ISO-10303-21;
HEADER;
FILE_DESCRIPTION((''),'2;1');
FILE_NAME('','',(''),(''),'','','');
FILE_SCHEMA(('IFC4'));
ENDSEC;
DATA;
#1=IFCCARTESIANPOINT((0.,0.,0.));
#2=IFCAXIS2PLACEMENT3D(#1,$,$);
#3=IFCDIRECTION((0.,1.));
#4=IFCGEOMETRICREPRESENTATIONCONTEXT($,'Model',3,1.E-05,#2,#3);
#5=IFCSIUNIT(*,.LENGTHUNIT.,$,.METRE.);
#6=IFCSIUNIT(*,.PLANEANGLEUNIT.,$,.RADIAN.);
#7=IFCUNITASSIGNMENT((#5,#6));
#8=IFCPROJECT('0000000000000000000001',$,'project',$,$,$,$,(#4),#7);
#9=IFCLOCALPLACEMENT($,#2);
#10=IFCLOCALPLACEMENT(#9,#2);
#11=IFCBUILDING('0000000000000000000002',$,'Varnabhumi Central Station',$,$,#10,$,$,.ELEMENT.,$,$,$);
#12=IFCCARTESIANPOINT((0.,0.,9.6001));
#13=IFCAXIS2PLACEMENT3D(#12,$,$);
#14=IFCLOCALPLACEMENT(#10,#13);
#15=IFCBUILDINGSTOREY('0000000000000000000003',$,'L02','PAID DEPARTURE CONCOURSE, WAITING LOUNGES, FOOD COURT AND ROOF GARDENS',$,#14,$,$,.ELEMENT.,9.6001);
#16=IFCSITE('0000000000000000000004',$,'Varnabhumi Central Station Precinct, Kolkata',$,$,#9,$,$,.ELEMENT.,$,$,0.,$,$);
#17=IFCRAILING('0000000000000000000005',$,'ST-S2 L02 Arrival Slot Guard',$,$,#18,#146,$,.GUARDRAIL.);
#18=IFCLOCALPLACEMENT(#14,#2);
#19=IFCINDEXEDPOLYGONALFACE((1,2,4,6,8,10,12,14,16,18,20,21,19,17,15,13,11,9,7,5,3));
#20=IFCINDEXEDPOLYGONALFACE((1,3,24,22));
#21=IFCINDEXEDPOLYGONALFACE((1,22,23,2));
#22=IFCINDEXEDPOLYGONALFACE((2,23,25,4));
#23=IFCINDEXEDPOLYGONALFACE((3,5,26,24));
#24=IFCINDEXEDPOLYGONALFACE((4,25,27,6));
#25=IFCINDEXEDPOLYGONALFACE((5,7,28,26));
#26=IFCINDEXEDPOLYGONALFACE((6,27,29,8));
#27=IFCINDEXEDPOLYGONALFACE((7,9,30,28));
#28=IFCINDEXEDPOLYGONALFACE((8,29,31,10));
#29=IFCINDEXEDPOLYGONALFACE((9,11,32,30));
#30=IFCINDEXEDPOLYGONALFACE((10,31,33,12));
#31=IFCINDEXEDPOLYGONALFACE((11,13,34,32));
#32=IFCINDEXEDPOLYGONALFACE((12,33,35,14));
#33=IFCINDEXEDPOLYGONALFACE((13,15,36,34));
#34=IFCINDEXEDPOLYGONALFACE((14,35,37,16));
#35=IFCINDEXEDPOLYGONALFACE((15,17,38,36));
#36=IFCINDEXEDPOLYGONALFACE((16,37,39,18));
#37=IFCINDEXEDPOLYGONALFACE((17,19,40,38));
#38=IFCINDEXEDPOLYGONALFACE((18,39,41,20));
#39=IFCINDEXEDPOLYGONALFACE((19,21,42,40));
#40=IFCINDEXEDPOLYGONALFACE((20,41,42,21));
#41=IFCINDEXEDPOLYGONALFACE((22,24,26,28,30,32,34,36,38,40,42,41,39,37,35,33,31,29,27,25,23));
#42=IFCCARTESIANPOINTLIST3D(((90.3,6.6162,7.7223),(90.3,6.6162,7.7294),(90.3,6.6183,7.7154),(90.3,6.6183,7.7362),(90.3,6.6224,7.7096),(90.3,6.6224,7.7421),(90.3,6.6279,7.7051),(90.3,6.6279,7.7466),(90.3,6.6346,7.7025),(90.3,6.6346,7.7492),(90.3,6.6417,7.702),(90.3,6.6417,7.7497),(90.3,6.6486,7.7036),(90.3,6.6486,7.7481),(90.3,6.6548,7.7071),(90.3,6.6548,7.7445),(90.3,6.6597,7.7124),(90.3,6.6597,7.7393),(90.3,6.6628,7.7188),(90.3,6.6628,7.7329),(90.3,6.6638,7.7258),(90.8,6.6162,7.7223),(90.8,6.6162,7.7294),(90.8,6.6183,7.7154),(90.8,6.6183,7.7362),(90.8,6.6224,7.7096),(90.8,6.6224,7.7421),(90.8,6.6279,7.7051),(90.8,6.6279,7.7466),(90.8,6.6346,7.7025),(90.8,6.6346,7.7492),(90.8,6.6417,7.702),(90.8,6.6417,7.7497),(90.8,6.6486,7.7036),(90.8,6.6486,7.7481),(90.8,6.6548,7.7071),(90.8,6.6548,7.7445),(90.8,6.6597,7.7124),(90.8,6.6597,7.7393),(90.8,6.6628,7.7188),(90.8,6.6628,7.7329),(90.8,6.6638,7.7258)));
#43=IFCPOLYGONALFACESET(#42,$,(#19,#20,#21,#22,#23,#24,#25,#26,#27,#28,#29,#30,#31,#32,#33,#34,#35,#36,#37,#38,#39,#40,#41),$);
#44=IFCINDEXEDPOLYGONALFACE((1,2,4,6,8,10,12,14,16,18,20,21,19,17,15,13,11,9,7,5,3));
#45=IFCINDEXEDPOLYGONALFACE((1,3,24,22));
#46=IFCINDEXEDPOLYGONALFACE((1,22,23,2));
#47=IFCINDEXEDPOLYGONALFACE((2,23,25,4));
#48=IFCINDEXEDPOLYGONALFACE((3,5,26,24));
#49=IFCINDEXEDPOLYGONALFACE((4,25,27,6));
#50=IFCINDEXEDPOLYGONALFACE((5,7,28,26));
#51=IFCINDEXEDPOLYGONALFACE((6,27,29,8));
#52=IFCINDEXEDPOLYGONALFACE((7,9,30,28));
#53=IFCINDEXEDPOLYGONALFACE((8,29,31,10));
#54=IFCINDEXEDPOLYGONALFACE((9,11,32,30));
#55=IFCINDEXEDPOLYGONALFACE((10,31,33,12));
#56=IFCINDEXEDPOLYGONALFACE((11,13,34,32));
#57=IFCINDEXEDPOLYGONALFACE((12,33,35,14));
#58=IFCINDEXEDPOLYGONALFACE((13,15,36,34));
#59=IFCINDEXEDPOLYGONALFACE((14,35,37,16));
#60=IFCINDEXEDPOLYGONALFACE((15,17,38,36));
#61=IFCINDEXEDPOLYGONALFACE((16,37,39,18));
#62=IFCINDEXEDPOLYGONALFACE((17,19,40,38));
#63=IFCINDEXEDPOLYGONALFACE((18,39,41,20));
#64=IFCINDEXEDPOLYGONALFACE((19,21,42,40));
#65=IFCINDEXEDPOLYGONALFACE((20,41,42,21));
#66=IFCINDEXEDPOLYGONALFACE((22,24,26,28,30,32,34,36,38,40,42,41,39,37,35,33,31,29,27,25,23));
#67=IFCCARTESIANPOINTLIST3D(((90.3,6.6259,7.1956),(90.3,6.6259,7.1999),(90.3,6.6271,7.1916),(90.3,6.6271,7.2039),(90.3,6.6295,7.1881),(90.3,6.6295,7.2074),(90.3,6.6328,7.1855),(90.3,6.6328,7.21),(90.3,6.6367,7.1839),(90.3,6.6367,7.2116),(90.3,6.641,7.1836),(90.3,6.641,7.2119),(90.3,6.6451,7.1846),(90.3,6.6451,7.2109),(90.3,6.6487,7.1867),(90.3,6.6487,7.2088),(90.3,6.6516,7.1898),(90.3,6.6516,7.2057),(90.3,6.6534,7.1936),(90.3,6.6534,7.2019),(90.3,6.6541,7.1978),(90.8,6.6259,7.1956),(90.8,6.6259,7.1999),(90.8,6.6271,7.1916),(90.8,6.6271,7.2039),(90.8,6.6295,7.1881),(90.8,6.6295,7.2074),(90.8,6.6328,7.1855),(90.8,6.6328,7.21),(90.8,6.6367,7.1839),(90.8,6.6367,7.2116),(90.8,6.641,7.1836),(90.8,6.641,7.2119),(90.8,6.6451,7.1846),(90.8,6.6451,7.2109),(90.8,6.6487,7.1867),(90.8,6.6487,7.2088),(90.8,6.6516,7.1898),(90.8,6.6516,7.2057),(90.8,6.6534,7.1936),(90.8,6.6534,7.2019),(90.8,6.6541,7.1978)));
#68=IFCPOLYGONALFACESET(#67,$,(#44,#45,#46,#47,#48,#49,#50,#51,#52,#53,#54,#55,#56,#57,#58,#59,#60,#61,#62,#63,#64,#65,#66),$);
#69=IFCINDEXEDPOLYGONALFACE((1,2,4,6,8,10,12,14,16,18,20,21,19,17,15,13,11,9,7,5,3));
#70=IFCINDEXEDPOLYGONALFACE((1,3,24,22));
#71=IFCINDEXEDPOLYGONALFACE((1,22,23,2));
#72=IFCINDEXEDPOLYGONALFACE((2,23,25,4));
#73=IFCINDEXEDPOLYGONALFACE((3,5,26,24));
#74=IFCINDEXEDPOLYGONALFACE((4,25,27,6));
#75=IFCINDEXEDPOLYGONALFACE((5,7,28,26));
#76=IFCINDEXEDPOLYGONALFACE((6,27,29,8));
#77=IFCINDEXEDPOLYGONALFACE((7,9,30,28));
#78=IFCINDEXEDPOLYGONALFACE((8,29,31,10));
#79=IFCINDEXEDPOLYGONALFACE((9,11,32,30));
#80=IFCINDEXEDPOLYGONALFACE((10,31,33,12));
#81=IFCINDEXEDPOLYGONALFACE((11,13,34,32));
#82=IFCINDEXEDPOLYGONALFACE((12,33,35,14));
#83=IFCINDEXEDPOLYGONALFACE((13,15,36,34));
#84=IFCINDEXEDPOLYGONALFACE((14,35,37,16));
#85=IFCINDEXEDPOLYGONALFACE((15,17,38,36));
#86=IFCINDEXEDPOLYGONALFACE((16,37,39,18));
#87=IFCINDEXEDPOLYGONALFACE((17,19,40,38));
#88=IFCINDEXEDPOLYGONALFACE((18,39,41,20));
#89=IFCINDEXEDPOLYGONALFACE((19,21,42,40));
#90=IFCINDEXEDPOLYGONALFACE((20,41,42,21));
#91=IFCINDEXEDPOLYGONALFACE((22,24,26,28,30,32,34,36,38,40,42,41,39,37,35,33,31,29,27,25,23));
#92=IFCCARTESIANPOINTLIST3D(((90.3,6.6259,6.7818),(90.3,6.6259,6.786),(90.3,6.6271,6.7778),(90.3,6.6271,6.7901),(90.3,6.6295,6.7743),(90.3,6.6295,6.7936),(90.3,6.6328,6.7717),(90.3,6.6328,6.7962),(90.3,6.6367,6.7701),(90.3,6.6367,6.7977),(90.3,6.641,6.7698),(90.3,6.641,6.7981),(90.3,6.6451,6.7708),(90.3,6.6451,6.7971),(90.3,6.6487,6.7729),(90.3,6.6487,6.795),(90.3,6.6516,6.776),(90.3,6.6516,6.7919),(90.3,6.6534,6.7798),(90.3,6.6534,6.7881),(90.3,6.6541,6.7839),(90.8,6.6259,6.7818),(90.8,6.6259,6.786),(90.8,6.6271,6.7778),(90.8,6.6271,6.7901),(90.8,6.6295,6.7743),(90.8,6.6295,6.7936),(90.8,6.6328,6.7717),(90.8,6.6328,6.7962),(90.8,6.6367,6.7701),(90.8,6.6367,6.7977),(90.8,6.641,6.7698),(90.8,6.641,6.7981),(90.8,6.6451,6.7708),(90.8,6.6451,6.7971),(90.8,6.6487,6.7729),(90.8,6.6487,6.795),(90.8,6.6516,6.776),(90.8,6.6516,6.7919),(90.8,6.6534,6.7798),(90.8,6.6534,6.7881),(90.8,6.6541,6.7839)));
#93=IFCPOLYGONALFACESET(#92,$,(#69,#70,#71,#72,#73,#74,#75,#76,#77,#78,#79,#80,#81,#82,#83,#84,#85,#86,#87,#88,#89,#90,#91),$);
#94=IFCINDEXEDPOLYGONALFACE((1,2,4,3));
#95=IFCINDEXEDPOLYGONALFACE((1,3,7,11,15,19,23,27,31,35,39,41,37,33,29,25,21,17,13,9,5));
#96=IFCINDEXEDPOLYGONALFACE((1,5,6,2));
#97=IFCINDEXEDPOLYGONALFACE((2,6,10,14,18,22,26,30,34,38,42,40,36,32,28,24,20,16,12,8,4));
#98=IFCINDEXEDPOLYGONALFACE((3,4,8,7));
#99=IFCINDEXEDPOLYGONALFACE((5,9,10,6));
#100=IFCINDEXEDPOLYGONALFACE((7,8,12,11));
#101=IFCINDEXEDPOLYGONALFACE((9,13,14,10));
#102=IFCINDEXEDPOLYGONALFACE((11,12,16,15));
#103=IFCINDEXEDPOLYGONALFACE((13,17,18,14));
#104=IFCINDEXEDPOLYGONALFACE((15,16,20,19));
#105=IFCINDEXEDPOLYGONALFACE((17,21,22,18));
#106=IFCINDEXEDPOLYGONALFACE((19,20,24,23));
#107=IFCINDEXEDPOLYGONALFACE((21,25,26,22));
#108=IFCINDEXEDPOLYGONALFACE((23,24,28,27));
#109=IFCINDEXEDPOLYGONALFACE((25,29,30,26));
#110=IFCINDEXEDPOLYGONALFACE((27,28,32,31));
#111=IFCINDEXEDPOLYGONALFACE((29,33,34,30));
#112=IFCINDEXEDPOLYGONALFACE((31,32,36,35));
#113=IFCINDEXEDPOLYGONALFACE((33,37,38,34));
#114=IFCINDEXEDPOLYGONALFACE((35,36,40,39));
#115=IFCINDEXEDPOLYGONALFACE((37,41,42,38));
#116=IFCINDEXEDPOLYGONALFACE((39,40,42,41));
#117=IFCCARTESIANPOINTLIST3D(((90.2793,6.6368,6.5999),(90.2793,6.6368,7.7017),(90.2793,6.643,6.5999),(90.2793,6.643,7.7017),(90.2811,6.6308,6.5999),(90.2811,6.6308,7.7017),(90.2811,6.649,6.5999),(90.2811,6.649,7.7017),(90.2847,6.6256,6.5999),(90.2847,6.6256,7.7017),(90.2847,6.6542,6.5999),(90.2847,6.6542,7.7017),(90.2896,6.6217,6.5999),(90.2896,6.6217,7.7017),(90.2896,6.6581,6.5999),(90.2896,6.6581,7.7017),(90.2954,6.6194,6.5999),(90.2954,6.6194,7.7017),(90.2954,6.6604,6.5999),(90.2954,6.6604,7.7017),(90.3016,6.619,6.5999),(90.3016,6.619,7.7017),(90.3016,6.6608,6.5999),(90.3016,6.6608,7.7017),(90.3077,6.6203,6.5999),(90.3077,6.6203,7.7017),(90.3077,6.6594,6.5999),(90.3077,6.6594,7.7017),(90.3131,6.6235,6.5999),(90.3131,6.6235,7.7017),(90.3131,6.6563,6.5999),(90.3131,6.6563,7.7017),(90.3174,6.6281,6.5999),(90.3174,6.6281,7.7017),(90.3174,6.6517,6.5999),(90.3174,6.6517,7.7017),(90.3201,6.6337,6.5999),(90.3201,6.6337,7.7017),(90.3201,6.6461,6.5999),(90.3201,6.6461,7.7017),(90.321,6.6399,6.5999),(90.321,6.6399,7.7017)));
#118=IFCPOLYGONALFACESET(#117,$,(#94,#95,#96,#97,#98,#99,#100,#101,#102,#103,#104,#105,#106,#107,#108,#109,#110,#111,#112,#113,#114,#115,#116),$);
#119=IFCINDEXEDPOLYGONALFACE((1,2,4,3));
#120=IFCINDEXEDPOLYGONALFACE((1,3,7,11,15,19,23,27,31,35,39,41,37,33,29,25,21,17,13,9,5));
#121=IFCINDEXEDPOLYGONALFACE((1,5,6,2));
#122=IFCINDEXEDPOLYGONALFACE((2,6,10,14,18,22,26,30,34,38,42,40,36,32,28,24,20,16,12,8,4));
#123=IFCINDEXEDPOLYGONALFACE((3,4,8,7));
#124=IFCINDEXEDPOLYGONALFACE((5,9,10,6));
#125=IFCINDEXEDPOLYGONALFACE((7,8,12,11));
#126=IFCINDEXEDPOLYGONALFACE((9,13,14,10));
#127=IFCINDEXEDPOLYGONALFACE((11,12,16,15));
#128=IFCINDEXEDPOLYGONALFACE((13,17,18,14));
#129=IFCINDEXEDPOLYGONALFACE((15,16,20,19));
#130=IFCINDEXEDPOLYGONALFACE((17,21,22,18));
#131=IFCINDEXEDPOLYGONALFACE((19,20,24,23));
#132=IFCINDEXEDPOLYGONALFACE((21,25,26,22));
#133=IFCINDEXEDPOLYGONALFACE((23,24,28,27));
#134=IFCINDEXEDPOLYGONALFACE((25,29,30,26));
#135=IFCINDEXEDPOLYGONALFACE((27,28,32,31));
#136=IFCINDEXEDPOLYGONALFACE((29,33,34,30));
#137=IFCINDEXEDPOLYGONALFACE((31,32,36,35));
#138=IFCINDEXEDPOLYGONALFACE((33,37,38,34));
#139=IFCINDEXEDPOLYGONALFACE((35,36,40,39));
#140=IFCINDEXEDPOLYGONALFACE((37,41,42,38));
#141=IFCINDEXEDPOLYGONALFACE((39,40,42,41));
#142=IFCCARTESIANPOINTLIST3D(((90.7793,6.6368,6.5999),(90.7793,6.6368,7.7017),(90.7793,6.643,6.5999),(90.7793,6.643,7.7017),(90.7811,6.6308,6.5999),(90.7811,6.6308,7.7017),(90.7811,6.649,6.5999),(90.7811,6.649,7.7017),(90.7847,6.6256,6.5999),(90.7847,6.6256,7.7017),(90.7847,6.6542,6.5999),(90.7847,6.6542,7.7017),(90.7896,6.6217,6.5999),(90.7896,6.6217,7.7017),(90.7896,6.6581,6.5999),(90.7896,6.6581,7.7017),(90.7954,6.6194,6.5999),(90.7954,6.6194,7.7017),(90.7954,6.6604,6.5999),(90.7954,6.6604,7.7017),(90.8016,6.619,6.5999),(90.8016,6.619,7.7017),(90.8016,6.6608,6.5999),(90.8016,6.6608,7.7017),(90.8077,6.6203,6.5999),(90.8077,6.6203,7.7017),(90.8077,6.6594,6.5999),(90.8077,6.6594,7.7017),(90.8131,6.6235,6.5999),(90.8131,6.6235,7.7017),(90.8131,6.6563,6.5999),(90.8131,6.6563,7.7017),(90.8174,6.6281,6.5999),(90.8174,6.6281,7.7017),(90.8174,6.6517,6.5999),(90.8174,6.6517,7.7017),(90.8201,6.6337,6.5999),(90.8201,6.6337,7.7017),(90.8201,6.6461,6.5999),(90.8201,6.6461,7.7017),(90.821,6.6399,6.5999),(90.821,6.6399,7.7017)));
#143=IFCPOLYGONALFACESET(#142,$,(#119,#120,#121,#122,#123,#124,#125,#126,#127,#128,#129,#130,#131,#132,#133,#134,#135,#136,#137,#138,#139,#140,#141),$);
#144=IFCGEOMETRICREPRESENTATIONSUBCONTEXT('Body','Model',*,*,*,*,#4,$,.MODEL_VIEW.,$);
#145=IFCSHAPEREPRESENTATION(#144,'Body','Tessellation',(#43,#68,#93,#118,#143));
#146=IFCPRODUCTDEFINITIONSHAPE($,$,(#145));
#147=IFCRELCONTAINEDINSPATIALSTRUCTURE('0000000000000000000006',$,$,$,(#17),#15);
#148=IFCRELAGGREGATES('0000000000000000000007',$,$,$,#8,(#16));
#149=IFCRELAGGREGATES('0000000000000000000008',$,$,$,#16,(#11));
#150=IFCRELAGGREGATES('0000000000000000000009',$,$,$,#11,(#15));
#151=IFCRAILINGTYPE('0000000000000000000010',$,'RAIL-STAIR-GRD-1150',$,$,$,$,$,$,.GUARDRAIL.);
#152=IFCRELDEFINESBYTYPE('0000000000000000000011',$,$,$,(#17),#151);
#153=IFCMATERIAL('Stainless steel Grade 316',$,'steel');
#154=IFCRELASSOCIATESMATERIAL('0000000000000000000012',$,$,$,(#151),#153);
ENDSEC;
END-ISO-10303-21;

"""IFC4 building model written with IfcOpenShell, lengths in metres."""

from ifc_helpers import new_model, si_unit, direction, frame, origin, origin_2d, place, context, subcontext, project, spatial, circle, extrude, material, type_object, element, save


model = new_model("IFC4")

# Units and contexts
model_context = context("Model", 3, precision=1e-05, world=origin(), true_north=direction((0.0, 1.0)))
body_context = subcontext(model_context, "Body", "Model", "MODEL_VIEW")
ifc_project = project(units=[si_unit("LENGTHUNIT", "METRE"), si_unit("PLANEANGLEUNIT", "RADIAN")], contexts=[model_context])

# Site, building, storey
site_placement = place(None, origin())
site = spatial("IfcSite", under=ifc_project, at=site_placement, Name="Varnabhumi Central Station Precinct, Kolkata", CompositionType="ELEMENT", RefElevation=0.0)
building_placement = place(site_placement, origin())
building = spatial("IfcBuilding", under=site, at=building_placement, Name="Varnabhumi Central Station", CompositionType="ELEMENT")
storey_placement = place(building_placement, frame((0.0, 0.0, 9.6001)))
storey = spatial("IfcBuildingStorey", under=building, at=storey_placement, Name="L02", Description="PAID DEPARTURE CONCOURSE, WAITING LOUNGES, FOOD COURT AND ROOF GARDENS", CompositionType="ELEMENT", Elevation=9.6001)

# Shared definitions
ifc_material_1 = material(Name="Stainless steel Grade 316", Category="steel")

# Railing
railing_type_1 = type_object("IfcRailingType", Name="RAIL-STAIR-GRD-1150", PredefinedType="GUARDRAIL", material=ifc_material_1)
for number, where, name in (
    (1, (90.3, 6.6399, 6.5999), "ST-S2 L02 Arrival Slot Guard"),
):
    element("IfcRailing", number, at=place(storey_placement, frame(where)), inside=storey, type_object=railing_type_1, Name=name, PredefinedType="GUARDRAIL", context=body_context, shape_type="SweptSolid", body=[
        extrude(circle(Radius=0.0239, at=origin_2d()), frame((0.0, 0.0, 1.126), z_axis=(1.0, 0.0, 0.0), x_axis=(0.0, 1.0, 0.0)), (0.0, 0.0, 1.0), 0.5),
        extrude(circle(Radius=0.0142, at=origin_2d()), frame((0.0, 0.0, 0.5979), z_axis=(1.0, 0.0, 0.0), x_axis=(0.0, 1.0, 0.0)), (0.0, 0.0, 1.0), 0.5),
        extrude(circle(Radius=0.0142, at=origin_2d()), frame((0.0, 0.0, 0.1841), z_axis=(1.0, 0.0, 0.0), x_axis=(0.0, 1.0, 0.0)), (0.0, 0.0, 1.0), 0.5),
        extrude(circle(Radius=0.021, at=origin_2d()), origin(), (0.0, 0.0, 1.0), 1.1018),
        extrude(circle(Radius=0.021, at=origin_2d()), frame((0.5, 0.0, 0.0)), (0.0, 0.0, 1.0), 1.1018),
    ])

save(model, "model.ifc")
